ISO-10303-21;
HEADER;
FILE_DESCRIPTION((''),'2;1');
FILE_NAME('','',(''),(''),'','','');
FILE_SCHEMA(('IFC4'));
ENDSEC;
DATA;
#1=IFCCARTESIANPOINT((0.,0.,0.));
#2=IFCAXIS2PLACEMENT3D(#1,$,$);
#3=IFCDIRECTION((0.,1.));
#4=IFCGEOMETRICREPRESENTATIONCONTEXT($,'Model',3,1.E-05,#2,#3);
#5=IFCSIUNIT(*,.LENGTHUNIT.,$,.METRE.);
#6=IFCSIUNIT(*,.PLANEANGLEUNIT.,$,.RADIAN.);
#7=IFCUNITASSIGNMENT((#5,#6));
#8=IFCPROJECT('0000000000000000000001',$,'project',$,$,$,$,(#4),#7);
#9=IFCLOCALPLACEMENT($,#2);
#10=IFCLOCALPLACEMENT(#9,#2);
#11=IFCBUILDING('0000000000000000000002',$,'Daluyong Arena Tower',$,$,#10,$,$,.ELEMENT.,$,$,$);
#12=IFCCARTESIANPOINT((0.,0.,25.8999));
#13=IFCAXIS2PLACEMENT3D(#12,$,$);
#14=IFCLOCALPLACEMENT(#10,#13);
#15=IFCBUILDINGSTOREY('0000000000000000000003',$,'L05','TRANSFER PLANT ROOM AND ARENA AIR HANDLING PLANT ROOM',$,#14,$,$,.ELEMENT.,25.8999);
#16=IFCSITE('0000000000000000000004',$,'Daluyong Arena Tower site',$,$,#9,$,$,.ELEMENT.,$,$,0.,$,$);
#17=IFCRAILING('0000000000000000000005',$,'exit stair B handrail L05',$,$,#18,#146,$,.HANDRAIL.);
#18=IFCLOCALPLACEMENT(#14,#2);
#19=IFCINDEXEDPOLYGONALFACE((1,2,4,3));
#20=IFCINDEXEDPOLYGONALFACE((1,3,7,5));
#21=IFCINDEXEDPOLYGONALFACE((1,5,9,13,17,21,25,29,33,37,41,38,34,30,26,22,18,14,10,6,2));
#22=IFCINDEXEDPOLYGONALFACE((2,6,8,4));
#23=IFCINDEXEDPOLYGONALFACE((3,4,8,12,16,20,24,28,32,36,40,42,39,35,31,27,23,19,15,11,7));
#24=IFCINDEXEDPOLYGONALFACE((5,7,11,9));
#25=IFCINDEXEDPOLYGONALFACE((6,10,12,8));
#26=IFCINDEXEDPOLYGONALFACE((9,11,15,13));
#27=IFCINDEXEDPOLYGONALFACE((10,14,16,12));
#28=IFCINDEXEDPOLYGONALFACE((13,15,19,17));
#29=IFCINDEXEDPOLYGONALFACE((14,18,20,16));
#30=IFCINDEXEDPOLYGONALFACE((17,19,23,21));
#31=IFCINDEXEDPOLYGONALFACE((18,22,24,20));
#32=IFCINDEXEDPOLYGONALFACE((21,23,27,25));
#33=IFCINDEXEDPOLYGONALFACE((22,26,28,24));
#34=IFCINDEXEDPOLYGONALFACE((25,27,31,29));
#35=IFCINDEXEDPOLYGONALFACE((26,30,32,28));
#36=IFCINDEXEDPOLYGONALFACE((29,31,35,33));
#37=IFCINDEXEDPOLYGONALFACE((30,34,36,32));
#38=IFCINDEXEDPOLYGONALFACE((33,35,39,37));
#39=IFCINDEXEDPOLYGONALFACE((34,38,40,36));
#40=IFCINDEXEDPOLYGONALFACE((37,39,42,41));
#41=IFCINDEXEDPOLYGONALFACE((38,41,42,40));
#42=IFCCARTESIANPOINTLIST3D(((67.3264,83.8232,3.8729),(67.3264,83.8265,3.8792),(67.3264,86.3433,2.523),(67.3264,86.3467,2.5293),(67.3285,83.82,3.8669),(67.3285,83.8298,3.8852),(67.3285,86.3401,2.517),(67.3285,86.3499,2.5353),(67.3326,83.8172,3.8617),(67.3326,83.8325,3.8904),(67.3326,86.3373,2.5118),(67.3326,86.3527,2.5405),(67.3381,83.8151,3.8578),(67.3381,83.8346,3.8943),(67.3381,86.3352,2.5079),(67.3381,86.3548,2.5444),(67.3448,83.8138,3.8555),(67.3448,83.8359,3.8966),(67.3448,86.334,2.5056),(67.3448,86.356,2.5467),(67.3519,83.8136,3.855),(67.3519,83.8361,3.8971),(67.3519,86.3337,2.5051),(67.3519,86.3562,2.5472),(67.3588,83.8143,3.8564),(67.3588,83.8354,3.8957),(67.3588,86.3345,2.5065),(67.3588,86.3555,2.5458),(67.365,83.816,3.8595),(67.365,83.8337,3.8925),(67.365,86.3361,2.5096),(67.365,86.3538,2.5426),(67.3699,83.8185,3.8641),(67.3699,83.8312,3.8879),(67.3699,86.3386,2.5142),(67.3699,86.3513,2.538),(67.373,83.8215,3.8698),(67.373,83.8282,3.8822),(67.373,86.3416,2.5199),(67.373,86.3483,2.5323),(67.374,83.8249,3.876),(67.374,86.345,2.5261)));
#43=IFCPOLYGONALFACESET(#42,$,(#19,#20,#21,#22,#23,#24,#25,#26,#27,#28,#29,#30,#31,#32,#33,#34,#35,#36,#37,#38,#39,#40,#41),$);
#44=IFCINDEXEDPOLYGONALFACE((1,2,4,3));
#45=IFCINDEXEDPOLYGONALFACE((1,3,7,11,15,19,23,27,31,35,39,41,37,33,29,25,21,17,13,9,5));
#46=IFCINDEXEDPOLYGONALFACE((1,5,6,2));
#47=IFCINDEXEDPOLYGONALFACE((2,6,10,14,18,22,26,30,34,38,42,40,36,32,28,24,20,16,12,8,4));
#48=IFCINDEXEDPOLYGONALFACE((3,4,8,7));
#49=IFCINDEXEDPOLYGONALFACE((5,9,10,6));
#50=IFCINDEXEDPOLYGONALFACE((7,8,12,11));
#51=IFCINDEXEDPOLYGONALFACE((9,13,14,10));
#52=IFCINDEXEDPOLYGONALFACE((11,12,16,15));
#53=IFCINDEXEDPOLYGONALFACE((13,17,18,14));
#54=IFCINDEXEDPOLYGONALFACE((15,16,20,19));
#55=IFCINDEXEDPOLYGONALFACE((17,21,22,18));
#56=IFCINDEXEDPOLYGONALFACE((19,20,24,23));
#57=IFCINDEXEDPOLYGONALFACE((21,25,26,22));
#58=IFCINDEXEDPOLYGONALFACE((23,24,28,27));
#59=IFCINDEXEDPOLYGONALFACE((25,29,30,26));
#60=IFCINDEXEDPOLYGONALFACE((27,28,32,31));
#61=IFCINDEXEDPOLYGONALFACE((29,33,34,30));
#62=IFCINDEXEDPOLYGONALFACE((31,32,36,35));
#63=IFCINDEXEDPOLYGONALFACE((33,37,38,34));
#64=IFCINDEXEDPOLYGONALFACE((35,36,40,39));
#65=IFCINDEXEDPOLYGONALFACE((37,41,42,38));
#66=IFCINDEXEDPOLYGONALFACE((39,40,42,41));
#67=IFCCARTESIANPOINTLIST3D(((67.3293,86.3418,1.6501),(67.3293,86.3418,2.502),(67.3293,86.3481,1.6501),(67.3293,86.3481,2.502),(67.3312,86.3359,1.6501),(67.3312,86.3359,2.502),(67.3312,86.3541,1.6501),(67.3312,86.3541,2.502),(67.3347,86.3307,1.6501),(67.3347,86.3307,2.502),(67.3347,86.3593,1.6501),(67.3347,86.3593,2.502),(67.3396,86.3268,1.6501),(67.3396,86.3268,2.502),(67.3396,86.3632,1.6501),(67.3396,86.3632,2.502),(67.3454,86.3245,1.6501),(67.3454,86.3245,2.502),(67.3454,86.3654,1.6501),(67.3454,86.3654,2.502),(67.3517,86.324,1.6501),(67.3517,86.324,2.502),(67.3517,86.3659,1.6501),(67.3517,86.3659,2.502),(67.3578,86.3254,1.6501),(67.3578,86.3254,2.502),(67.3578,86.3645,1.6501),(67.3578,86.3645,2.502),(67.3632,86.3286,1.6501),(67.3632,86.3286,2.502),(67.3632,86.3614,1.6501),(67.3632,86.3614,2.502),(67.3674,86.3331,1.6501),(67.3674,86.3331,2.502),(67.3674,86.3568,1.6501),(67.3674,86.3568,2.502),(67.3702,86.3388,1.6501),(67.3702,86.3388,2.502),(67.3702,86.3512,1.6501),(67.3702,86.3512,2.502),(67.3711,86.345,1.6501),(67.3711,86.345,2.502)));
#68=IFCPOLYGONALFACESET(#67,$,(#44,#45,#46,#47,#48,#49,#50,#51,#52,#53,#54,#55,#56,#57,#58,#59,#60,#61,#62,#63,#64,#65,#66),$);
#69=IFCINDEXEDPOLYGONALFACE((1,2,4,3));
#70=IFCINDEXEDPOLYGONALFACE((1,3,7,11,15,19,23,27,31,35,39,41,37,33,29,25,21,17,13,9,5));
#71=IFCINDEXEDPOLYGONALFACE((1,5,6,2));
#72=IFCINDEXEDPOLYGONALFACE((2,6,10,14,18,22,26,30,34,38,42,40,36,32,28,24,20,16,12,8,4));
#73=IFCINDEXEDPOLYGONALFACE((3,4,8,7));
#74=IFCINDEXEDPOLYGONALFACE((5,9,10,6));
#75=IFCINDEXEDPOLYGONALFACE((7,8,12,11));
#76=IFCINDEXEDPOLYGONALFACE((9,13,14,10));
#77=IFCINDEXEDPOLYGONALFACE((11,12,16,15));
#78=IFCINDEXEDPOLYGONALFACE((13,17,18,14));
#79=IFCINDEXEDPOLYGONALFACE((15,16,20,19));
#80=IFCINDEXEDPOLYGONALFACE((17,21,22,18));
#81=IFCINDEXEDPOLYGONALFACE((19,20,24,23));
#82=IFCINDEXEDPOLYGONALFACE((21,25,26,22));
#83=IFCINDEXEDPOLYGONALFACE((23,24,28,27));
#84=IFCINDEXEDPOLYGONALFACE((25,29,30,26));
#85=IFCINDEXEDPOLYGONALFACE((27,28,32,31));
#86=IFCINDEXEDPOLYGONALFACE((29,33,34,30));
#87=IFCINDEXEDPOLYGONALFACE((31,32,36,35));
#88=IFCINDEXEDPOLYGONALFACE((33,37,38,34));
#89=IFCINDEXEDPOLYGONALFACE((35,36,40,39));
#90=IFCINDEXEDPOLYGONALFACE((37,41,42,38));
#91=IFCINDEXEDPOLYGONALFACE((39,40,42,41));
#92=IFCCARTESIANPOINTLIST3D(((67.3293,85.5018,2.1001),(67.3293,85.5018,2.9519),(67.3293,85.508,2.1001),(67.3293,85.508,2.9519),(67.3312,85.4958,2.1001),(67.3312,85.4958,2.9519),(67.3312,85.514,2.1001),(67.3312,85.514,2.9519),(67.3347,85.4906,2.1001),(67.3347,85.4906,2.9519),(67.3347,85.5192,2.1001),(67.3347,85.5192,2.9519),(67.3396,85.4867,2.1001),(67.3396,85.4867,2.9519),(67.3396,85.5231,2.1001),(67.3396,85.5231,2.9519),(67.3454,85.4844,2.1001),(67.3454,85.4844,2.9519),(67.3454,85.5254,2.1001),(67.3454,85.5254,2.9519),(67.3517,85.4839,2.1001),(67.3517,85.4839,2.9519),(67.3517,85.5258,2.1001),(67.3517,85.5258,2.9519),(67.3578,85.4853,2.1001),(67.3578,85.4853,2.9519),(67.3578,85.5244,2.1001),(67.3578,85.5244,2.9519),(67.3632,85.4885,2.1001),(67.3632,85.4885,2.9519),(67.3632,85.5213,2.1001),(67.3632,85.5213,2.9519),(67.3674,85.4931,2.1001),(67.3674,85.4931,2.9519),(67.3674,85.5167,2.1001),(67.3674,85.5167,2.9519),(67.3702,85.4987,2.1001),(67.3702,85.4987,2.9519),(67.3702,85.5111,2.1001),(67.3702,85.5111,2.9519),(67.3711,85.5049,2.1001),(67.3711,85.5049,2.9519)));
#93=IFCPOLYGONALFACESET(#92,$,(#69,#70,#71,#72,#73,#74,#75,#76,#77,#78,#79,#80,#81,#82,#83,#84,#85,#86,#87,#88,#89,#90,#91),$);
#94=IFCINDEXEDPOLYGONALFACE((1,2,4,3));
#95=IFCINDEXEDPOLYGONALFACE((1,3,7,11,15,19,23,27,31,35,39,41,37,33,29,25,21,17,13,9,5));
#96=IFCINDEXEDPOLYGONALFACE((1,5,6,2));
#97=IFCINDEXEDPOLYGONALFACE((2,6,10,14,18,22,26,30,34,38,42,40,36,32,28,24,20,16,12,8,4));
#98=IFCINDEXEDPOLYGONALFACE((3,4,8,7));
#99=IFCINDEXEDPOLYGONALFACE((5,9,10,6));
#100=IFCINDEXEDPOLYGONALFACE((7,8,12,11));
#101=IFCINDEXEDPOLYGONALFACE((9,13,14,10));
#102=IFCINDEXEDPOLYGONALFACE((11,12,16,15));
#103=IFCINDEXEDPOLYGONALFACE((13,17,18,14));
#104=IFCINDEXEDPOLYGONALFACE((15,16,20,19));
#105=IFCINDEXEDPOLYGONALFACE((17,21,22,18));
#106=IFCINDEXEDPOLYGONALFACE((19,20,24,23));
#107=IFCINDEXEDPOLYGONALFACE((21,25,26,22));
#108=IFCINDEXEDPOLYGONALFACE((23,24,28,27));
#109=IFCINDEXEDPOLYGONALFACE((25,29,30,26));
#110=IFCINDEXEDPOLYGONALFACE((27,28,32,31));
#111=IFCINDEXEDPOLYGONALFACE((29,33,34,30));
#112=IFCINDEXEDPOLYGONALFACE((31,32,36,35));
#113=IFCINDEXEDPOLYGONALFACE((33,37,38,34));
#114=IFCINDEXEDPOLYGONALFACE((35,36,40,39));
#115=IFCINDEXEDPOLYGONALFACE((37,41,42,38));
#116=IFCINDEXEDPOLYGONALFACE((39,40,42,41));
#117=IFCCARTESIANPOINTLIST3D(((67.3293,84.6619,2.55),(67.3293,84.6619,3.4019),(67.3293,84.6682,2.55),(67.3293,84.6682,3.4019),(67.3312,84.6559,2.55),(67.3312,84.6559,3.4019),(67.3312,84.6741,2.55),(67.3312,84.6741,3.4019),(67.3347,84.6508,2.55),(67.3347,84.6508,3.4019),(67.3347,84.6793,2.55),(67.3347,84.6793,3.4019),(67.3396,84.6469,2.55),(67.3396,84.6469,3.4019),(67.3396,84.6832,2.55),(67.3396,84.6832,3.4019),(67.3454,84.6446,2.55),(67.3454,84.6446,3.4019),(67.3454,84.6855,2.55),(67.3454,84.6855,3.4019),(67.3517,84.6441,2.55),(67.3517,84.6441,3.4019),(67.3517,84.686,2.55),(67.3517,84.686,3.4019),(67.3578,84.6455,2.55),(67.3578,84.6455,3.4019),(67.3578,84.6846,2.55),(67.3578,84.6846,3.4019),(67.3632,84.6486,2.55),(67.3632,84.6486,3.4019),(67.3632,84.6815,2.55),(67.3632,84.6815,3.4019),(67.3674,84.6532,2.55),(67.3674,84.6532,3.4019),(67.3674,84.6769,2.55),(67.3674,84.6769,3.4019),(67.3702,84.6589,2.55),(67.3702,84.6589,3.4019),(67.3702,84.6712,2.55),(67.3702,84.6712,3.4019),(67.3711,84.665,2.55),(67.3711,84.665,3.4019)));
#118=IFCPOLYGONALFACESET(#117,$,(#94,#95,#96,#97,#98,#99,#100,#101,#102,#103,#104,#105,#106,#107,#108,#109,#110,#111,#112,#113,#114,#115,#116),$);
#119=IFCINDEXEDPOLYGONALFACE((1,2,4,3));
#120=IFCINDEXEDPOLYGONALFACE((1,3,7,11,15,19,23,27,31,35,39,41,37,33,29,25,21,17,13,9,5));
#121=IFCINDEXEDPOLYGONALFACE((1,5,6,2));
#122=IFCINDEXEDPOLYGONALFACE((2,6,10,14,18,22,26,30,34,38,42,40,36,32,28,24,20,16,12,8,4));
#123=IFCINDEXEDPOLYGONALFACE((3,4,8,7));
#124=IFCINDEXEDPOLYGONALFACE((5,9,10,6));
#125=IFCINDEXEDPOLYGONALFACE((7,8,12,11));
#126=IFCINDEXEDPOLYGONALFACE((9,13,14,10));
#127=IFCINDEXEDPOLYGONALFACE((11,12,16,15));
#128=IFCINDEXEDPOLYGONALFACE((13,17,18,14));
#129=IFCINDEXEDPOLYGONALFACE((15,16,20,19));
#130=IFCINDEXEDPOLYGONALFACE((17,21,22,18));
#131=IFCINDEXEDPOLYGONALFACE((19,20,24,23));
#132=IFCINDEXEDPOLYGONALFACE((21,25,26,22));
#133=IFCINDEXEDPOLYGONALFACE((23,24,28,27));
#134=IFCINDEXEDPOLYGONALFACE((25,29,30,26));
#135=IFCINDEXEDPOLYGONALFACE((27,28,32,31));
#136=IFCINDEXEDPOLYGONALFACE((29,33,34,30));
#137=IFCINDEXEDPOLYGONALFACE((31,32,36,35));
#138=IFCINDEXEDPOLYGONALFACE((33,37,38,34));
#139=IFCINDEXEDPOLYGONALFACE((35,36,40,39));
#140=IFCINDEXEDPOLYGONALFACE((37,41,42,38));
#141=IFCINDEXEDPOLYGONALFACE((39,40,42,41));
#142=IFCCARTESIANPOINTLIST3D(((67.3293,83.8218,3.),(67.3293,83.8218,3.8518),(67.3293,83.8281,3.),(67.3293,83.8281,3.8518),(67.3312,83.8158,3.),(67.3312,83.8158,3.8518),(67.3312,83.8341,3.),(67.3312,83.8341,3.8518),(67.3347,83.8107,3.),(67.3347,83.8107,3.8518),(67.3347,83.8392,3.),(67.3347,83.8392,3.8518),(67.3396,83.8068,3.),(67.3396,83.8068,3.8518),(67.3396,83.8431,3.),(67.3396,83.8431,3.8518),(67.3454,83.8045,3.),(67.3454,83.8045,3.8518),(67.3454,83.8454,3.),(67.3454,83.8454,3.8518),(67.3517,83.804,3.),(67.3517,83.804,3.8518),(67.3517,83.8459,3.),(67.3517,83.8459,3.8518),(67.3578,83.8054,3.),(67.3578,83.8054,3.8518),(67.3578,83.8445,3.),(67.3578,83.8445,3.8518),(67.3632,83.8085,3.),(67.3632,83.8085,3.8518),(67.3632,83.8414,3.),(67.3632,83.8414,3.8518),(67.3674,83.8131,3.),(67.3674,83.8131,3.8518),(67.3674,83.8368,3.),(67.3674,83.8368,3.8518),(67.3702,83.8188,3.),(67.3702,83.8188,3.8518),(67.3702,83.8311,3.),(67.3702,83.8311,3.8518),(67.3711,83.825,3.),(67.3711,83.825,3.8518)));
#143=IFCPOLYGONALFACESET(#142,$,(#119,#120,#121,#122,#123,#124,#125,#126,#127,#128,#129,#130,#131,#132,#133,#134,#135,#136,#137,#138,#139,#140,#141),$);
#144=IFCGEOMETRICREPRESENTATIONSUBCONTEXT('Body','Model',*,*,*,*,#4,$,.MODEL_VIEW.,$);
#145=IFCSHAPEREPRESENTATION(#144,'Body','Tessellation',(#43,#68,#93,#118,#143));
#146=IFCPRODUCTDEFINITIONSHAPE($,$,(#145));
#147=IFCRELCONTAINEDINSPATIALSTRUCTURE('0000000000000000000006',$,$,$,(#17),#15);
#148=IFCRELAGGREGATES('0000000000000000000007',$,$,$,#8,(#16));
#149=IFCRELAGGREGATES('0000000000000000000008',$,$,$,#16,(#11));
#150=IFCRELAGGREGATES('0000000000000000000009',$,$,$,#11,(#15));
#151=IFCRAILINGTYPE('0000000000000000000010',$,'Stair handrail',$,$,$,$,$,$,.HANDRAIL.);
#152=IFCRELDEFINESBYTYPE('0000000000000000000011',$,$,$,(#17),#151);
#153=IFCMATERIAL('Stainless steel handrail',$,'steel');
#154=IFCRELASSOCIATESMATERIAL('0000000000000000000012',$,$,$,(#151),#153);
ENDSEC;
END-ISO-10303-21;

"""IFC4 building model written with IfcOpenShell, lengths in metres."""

from ifc_helpers import new_model, si_unit, direction, frame, origin, origin_2d, place, context, subcontext, project, spatial, circle, extrude, material, type_object, element, save


model = new_model("IFC4")

# Units and contexts
model_context = context("Model", 3, precision=1e-05, world=origin(), true_north=direction((0.0, 1.0)))
body_context = subcontext(model_context, "Body", "Model", "MODEL_VIEW")
ifc_project = project(units=[si_unit("LENGTHUNIT", "METRE"), si_unit("PLANEANGLEUNIT", "RADIAN")], contexts=[model_context])

# Site, building, storey
site_placement = place(None, origin())
site = spatial("IfcSite", under=ifc_project, at=site_placement, Name="Daluyong Arena Tower site", CompositionType="ELEMENT", RefElevation=0.0)
building_placement = place(site_placement, origin())
building = spatial("IfcBuilding", under=site, at=building_placement, Name="Daluyong Arena Tower", CompositionType="ELEMENT")
storey_placement = place(building_placement, frame((0.0, 0.0, 25.8999)))
storey = spatial("IfcBuildingStorey", under=building, at=storey_placement, Name="L05", Description="TRANSFER PLANT ROOM AND ARENA AIR HANDLING PLANT ROOM", CompositionType="ELEMENT", Elevation=25.8999)

# Railing
ifc_material_1 = material(Name="Stainless steel handrail", Category="steel")
railing_type_1 = type_object("IfcRailingType", Name="Stair handrail", PredefinedType="HANDRAIL", material=ifc_material_1)
railing_1_placement = place(storey_placement, frame((67.3501, 86.345, 1.6501)))
element("IfcRailing", 1, at=railing_1_placement, inside=storey, type_object=railing_type_1, Name="exit stair B handrail L05", PredefinedType="HANDRAIL", context=body_context, shape_type="SweptSolid", body=[
    extrude(circle(Radius=0.0239, at=origin_2d()), frame((0.0, 0.0, 0.876), z_axis=(0.0, -0.881503, 0.472179), x_axis=(1.0, 0.0, 0.0)), (0.0, 0.0, 1.0), 2.8589),
    extrude(circle(Radius=0.021, at=origin_2d()), origin(), (0.0, 0.0, 1.0), 0.8518),
    extrude(circle(Radius=0.021, at=origin_2d()), frame((0.0, -0.8401, 0.45)), (0.0, 0.0, 1.0), 0.8518),
    extrude(circle(Radius=0.021, at=origin_2d()), frame((0.0, -1.6799, 0.8999)), (0.0, 0.0, 1.0), 0.8518),
    extrude(circle(Radius=0.021, at=origin_2d()), frame((0.0, -2.52, 1.3499)), (0.0, 0.0, 1.0), 0.8518),
])

save(model, "model.ifc")
